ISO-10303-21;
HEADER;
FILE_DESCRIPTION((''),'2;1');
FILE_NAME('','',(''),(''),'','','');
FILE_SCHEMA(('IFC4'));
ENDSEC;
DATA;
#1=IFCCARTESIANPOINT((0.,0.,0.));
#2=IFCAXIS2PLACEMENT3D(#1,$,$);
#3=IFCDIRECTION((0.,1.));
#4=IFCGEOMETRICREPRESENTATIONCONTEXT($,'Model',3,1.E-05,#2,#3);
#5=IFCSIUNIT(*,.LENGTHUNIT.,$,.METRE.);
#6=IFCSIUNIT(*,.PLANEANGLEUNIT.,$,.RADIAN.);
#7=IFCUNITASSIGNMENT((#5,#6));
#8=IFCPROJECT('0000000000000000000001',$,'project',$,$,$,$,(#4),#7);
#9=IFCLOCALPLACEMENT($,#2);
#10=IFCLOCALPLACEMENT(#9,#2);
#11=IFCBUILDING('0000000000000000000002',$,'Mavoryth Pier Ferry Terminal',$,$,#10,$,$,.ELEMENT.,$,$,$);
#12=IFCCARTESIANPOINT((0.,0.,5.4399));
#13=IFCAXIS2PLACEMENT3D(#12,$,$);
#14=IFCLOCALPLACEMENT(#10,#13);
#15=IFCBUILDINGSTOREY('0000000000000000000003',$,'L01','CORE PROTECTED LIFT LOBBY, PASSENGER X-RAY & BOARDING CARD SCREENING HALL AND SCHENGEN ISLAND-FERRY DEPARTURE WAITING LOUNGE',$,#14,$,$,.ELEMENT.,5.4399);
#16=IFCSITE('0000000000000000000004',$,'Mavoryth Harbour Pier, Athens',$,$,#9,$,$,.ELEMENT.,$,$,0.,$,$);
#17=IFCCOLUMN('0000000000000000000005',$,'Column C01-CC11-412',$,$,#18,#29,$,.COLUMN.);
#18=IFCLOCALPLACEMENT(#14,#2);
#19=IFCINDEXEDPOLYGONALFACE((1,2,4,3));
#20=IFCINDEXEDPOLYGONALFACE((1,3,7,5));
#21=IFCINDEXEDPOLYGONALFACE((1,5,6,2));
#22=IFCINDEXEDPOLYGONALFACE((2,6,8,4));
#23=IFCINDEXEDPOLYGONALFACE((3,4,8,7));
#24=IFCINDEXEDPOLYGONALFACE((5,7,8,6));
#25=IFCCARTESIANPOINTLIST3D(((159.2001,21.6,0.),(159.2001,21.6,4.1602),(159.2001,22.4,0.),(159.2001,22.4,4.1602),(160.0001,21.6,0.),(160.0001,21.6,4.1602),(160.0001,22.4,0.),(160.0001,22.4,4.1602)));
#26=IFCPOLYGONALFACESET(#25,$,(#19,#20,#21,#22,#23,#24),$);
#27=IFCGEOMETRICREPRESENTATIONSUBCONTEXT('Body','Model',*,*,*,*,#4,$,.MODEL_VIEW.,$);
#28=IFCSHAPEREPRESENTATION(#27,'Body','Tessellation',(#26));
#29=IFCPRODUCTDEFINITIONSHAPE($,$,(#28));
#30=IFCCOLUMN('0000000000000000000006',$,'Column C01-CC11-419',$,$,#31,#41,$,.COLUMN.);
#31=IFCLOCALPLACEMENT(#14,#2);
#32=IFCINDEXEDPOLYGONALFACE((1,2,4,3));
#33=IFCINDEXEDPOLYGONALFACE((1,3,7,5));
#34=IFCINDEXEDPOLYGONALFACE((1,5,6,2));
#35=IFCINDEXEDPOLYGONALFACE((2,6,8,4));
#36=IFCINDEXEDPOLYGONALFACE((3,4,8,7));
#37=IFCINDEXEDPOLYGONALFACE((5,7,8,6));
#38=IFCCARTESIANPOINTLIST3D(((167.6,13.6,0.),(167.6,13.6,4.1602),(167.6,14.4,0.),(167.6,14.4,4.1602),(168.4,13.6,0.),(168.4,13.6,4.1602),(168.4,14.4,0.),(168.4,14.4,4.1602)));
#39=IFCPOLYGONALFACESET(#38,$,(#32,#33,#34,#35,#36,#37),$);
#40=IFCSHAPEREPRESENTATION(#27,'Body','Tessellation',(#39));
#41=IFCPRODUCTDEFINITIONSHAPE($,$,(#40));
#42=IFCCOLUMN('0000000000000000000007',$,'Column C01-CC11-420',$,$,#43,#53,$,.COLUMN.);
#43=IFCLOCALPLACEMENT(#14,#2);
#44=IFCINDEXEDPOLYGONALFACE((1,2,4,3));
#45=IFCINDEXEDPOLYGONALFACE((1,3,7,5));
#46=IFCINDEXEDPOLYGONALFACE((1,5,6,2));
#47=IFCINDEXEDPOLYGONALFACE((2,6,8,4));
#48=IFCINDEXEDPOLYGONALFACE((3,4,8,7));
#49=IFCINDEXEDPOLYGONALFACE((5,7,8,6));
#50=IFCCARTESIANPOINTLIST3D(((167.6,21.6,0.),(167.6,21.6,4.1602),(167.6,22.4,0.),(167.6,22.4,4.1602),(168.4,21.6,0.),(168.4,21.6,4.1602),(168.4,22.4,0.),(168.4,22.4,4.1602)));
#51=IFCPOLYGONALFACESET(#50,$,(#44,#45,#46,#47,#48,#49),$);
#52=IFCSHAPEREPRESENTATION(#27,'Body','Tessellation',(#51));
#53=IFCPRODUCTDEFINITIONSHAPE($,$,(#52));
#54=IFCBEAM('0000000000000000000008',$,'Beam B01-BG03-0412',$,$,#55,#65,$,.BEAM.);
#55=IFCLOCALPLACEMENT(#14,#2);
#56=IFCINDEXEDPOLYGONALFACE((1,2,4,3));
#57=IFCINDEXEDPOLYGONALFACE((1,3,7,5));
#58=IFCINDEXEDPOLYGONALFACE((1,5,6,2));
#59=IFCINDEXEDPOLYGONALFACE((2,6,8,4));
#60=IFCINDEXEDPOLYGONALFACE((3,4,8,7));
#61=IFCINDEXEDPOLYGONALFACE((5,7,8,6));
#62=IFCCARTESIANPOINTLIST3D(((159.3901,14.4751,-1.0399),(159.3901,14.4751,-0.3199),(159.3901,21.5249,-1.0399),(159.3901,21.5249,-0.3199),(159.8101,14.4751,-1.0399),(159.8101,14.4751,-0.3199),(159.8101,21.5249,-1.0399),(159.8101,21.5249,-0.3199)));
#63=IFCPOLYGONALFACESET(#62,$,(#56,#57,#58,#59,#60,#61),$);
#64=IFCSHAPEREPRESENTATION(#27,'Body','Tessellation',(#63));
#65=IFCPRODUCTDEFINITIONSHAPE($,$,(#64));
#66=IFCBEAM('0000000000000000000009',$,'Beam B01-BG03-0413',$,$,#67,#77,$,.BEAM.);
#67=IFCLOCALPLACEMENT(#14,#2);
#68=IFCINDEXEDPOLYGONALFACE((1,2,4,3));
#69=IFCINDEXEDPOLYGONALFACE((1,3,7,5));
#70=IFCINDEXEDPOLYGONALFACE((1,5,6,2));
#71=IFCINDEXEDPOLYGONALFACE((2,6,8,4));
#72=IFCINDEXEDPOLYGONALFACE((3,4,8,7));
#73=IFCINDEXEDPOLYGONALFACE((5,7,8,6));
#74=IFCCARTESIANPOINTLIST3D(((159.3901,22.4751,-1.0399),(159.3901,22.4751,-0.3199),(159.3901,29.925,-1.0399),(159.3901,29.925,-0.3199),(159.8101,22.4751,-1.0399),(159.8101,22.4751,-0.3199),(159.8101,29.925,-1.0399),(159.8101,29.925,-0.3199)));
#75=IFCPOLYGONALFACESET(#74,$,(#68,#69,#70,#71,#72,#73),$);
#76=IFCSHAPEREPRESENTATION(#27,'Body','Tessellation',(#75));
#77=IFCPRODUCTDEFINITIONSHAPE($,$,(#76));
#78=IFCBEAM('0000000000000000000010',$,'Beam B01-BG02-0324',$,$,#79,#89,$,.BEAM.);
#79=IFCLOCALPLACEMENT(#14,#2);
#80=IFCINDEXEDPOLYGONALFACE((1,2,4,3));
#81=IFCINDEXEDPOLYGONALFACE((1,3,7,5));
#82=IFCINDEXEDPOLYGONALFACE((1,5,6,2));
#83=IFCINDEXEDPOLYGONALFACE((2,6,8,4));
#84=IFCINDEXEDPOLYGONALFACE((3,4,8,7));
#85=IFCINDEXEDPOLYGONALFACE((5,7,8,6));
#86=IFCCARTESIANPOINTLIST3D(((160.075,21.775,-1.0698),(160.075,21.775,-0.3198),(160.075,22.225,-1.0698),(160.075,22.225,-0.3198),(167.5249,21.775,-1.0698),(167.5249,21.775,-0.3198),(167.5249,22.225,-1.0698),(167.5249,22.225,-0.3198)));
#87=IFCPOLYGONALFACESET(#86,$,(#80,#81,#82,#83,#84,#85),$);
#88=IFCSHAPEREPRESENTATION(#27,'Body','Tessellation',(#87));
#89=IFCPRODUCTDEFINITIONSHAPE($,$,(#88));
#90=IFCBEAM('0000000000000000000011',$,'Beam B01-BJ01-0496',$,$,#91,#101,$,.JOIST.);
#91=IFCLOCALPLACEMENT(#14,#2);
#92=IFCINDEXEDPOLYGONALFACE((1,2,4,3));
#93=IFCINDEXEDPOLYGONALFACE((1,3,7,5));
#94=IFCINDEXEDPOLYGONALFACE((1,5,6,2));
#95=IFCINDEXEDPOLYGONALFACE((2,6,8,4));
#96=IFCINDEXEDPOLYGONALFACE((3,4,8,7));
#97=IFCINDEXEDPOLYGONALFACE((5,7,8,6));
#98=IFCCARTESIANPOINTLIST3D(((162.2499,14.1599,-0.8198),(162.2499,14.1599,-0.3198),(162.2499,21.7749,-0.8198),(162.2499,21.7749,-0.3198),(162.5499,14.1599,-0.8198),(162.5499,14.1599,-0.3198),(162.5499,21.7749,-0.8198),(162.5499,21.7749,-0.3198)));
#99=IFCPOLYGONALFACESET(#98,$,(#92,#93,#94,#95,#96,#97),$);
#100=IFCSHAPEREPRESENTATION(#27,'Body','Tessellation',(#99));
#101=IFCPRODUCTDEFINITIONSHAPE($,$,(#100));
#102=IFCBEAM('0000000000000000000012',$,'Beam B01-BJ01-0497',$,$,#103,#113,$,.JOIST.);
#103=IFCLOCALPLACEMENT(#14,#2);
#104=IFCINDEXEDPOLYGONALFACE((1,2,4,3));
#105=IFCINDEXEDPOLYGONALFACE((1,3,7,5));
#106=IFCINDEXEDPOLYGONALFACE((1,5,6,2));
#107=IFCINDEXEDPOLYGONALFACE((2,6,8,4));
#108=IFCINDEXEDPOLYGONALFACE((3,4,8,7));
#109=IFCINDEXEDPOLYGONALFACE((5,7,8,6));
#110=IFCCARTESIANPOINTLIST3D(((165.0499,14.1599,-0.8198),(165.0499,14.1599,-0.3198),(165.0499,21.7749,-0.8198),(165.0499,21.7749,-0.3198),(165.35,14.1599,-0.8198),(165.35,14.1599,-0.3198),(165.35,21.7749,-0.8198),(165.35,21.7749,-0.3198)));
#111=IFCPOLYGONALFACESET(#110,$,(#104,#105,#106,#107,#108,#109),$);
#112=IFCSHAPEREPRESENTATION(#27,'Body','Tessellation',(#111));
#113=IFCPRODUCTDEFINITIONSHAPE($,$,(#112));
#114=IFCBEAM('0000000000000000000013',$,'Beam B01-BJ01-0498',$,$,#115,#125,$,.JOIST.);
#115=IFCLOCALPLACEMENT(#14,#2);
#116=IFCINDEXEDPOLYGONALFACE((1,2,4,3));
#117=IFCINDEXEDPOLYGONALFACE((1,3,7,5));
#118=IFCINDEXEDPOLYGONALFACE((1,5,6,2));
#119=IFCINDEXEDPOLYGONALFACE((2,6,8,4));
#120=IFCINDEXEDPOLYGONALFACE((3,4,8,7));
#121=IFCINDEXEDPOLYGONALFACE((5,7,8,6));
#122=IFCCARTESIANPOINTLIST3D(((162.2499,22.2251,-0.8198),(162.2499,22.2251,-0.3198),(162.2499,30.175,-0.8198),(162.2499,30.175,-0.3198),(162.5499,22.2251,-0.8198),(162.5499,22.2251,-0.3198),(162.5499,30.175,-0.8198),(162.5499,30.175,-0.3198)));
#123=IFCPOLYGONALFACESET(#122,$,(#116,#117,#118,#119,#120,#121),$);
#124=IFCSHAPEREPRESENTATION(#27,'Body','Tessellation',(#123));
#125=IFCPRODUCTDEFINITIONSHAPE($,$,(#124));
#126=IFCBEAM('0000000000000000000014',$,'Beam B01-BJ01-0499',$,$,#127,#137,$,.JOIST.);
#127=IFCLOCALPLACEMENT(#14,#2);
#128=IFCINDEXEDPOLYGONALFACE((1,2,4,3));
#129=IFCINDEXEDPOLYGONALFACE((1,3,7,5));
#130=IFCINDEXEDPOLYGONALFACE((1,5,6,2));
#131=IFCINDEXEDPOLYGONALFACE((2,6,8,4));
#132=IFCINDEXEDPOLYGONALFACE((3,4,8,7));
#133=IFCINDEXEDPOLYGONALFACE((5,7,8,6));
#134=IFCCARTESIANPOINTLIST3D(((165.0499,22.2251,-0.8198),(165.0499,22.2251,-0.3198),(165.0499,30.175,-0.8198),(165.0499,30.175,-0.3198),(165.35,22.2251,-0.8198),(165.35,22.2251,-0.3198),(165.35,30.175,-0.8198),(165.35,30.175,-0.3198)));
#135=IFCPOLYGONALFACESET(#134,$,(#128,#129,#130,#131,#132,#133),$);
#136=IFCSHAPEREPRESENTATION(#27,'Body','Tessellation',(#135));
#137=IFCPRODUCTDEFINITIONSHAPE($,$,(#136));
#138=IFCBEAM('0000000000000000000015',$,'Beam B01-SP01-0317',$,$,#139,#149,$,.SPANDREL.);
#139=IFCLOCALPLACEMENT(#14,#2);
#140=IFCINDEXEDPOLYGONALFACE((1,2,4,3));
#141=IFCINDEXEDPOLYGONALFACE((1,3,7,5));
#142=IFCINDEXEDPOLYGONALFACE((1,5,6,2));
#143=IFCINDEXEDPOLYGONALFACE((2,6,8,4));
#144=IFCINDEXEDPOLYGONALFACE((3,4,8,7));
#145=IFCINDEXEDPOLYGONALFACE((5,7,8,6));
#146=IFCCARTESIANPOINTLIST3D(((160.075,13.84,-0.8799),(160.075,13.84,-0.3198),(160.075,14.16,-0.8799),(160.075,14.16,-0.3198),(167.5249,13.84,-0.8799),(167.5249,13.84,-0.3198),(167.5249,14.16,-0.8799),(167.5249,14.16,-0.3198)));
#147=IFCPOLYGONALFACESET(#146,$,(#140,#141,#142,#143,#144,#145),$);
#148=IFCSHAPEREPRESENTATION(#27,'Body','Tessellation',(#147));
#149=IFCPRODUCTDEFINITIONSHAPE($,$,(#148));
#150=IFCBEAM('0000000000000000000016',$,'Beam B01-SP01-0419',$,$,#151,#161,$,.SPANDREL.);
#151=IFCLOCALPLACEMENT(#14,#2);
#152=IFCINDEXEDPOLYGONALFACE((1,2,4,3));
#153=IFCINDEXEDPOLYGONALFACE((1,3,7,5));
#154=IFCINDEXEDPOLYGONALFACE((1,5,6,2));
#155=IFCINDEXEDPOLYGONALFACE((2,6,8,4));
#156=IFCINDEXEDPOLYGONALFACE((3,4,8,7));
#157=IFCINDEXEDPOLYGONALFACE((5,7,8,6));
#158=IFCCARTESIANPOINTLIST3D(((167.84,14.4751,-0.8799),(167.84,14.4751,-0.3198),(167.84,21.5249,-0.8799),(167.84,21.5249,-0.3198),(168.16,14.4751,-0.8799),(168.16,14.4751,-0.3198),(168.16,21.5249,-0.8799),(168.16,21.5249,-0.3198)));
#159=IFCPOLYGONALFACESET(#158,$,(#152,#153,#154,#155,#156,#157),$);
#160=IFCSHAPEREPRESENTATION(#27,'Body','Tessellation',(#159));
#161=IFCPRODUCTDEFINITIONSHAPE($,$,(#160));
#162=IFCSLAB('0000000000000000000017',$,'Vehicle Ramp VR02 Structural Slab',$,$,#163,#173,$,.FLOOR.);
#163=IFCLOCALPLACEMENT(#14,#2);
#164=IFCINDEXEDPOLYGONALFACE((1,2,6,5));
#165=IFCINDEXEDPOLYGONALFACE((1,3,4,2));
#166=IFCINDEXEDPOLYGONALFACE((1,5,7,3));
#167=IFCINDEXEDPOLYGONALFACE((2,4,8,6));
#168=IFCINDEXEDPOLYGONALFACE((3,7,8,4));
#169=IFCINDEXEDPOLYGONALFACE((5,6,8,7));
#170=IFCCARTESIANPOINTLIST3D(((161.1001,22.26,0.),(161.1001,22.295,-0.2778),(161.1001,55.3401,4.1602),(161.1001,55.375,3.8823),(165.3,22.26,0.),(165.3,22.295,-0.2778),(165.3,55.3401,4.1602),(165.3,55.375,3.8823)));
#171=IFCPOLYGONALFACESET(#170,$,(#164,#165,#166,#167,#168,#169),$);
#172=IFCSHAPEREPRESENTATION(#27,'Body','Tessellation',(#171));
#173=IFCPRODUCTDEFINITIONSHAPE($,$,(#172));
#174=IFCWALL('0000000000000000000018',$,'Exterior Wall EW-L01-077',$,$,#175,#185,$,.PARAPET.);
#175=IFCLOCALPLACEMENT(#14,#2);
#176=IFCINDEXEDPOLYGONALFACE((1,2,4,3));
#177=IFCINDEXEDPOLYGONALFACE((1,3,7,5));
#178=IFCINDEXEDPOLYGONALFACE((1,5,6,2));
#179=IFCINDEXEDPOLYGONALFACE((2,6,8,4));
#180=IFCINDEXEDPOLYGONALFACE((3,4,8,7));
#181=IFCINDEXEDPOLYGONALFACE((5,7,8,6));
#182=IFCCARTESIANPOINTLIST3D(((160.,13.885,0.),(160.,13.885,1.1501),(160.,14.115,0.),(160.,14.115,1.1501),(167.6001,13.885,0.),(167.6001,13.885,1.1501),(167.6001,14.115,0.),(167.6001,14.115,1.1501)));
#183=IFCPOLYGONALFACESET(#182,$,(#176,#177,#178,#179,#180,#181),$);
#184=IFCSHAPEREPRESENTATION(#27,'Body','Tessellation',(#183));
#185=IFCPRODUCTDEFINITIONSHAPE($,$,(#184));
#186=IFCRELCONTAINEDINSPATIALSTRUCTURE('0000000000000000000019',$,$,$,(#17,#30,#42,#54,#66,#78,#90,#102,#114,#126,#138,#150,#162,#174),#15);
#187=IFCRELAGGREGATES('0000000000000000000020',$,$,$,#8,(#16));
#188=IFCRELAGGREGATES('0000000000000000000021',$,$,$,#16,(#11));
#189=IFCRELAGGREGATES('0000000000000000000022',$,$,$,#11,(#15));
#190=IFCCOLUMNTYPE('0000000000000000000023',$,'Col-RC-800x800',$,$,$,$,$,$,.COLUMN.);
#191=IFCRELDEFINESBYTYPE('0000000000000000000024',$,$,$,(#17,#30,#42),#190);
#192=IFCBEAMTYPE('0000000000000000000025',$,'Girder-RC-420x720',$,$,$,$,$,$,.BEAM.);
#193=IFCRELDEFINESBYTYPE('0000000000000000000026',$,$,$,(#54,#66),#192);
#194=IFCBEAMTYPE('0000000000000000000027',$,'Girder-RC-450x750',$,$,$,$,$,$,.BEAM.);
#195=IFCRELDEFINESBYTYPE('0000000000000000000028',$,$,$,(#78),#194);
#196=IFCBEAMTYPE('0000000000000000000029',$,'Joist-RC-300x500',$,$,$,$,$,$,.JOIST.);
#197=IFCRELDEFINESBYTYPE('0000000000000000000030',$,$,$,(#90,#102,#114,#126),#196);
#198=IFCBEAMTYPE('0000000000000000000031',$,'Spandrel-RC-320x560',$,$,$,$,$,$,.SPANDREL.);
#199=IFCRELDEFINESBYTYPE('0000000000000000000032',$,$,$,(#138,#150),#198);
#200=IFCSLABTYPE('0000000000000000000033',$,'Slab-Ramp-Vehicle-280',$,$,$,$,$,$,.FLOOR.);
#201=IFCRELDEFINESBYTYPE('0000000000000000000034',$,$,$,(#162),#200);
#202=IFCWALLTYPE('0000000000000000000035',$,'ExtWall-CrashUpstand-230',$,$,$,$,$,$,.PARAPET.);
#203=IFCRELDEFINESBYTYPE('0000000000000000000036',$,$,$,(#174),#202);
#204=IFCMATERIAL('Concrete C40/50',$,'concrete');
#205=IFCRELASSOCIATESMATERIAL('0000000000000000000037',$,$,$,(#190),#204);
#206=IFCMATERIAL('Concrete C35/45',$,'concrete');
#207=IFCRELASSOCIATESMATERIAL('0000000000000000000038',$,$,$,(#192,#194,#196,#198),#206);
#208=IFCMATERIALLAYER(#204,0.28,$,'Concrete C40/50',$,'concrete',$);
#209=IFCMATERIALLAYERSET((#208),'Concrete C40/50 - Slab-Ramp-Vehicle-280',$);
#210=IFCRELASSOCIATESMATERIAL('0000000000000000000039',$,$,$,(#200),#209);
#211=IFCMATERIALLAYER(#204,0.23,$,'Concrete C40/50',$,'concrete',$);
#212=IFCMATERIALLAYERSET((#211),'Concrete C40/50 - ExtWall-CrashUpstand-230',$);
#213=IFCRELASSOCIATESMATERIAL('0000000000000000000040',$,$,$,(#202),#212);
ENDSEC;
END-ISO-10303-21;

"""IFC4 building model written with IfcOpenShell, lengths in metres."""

from ifc_helpers import new_model, si_unit, direction, frame, frame_2d, origin, origin_2d, place, context, subcontext, project, spatial, polyline, rectangle, outline, extrude, material, layer, layer_set, material_profile, profile_set, type_object, element, save


model = new_model("IFC4")

# Units and contexts
model_context = context("Model", 3, precision=1e-05, world=origin(), true_north=direction((0.0, 1.0)))
body_context = subcontext(model_context, "Body", "Model", "MODEL_VIEW")
ifc_project = project(units=[si_unit("LENGTHUNIT", "METRE"), si_unit("PLANEANGLEUNIT", "RADIAN")], contexts=[model_context])

# Site, building, storey
site_placement = place(None, origin())
site = spatial("IfcSite", under=ifc_project, at=site_placement, Name="Mavoryth Harbour Pier, Athens", CompositionType="ELEMENT", RefElevation=0.0)
building_placement = place(site_placement, origin())
building = spatial("IfcBuilding", under=site, at=building_placement, Name="Mavoryth Pier Ferry Terminal", CompositionType="ELEMENT")
storey_placement = place(building_placement, frame((0.0, 0.0, 5.4399)))
storey = spatial("IfcBuildingStorey", under=building, at=storey_placement, Name="L01", Description="CORE PROTECTED LIFT LOBBY, PASSENGER X-RAY & BOARDING CARD SCREENING HALL AND SCHENGEN ISLAND-FERRY DEPARTURE WAITING LOUNGE", CompositionType="ELEMENT", Elevation=5.4399)

# Columns
ifc_material_1 = material(Name="Concrete C40/50", Category="concrete")
ifc_material_profile_1 = material_profile(ifc_material_1, rectangle(XDim=0.8, YDim=0.8, at=origin_2d()), Name="RC 800x800", Category="concrete")
ifc_profile_set_1 = profile_set([ifc_material_profile_1], Name="Concrete C40/50 - RC 800x800")
column_type = type_object("IfcColumnType", Name="Col-RC-800x800", PredefinedType="COLUMN", material=ifc_profile_set_1)
for number, where, z_axis, x_axis, name in (
    (1, (159.6001, 22.0, 0.0), (0.0, 0.0, 1.0), (1.0, 0.0, 0.0), "Column C01-CC11-412"),
    (2, (168.0, 14.0, 0.0), (0.0, 0.0, 1.0), (1.0, 0.0, 0.0), "Column C01-CC11-419"),
    (3, (168.0, 22.0, 0.0), (0.0, 0.0, 1.0), (1.0, 0.0, 0.0), "Column C01-CC11-420"),
):
    element("IfcColumn", number, at=place(storey_placement, frame(where, z_axis=z_axis, x_axis=x_axis)), inside=storey, type_object=column_type, Name=name, PredefinedType="COLUMN", context=body_context, shape_type="SweptSolid", body=[
        extrude(rectangle(XDim=0.8, YDim=0.8, at=origin_2d()), origin(), (0.0, 0.0, 1.0), 4.1602),
    ])

# Beams
ifc_material_2 = material(Name="Concrete C35/45", Category="concrete")
ifc_material_profile_2 = material_profile(ifc_material_2, rectangle(XDim=0.4199, YDim=0.72, at=origin_2d()), Name="RC 420x720", Category="concrete")
ifc_profile_set_2 = profile_set([ifc_material_profile_2], Name="Concrete C35/45 - RC 420x720")
beam_type_1 = type_object("IfcBeamType", Name="Girder-RC-420x720", PredefinedType="BEAM", material=ifc_profile_set_2)
beam_1_placement = place(storey_placement, frame((159.6001, 14.4751, -0.6799), z_axis=(0.0, 1.0, 0.0), x_axis=(-1.0, 0.0, 0.0)))
element("IfcBeam", 4, at=beam_1_placement, inside=storey, type_object=beam_type_1, Name="Beam B01-BG03-0412", PredefinedType="BEAM", context=body_context, shape_type="SweptSolid", body=[
    extrude(rectangle(XDim=0.4199, YDim=0.72, at=origin_2d()), origin(), (0.0, 0.0, 1.0), 7.0498),
])
beam_2_placement = place(storey_placement, frame((159.6001, 22.4751, -0.6799), z_axis=(0.0, 1.0, 0.0), x_axis=(-1.0, 0.0, 0.0)))
element("IfcBeam", 5, at=beam_2_placement, inside=storey, type_object=beam_type_1, Name="Beam B01-BG03-0413", PredefinedType="BEAM", context=body_context, shape_type="SweptSolid", body=[
    extrude(rectangle(XDim=0.4199, YDim=0.72, at=origin_2d()), origin(), (0.0, 0.0, 1.0), 7.45),
])
ifc_material_profile_3 = material_profile(ifc_material_2, rectangle(XDim=0.45, YDim=0.75, at=origin_2d()), Name="RC 450x750", Category="concrete")
ifc_profile_set_3 = profile_set([ifc_material_profile_3], Name="Concrete C35/45 - RC 450x750")
beam_type_2 = type_object("IfcBeamType", Name="Girder-RC-450x750", PredefinedType="BEAM", material=ifc_profile_set_3)
beam_3_placement = place(storey_placement, frame((160.075, 22.0, -0.6948), z_axis=(1.0, 0.0, 0.0), x_axis=(0.0, 1.0, 0.0)))
element("IfcBeam", 6, at=beam_3_placement, inside=storey, type_object=beam_type_2, Name="Beam B01-BG02-0324", PredefinedType="BEAM", context=body_context, shape_type="SweptSolid", body=[
    extrude(rectangle(XDim=0.45, YDim=0.75, at=origin_2d()), origin(), (0.0, 0.0, 1.0), 7.45),
])
ifc_material_profile_4 = material_profile(ifc_material_2, rectangle(XDim=0.3, YDim=0.5, at=origin_2d()), Name="RC 300x500", Category="concrete")
ifc_profile_set_4 = profile_set([ifc_material_profile_4], Name="Concrete C35/45 - RC 300x500")
beam_type_3 = type_object("IfcBeamType", Name="Joist-RC-300x500", PredefinedType="JOIST", material=ifc_profile_set_4)
for number, where, z_axis, x_axis, name in (
    (7, (162.3999, 14.1599, -0.5698), (0.0, 1.0, 0.0), (-1.0, 0.0, 0.0), "Beam B01-BJ01-0496"),
    (8, (165.2, 14.1599, -0.5698), (0.0, 1.0, 0.0), (-1.0, 0.0, 0.0), "Beam B01-BJ01-0497"),
):
    element("IfcBeam", number, at=place(storey_placement, frame(where, z_axis=z_axis, x_axis=x_axis)), inside=storey, type_object=beam_type_3, Name=name, PredefinedType="JOIST", context=body_context, shape_type="SweptSolid", body=[
        extrude(rectangle(XDim=0.3, YDim=0.5, at=origin_2d()), origin(), (0.0, 0.0, 1.0), 7.615),
    ])
for number, where, z_axis, x_axis, name in (
    (9, (162.3999, 22.2251, -0.5698), (0.0, 1.0, 0.0), (-1.0, 0.0, 0.0), "Beam B01-BJ01-0498"),
    (10, (165.2, 22.2251, -0.5698), (0.0, 1.0, 0.0), (-1.0, 0.0, 0.0), "Beam B01-BJ01-0499"),
):
    element("IfcBeam", number, at=place(storey_placement, frame(where, z_axis=z_axis, x_axis=x_axis)), inside=storey, type_object=beam_type_3, Name=name, PredefinedType="JOIST", context=body_context, shape_type="SweptSolid", body=[
        extrude(rectangle(XDim=0.3, YDim=0.5, at=origin_2d()), origin(), (0.0, 0.0, 1.0), 7.95),
    ])
ifc_material_profile_5 = material_profile(ifc_material_2, rectangle(XDim=0.3201, YDim=0.5601, at=origin_2d()), Name="RC 320x560", Category="concrete")
ifc_profile_set_5 = profile_set([ifc_material_profile_5], Name="Concrete C35/45 - RC 320x560")
beam_type_4 = type_object("IfcBeamType", Name="Spandrel-RC-320x560", PredefinedType="SPANDREL", material=ifc_profile_set_5)
beam_4_placement = place(storey_placement, frame((160.075, 14.0, -0.5999), z_axis=(1.0, 0.0, 0.0), x_axis=(0.0, 1.0, 0.0)))
element("IfcBeam", 11, at=beam_4_placement, inside=storey, type_object=beam_type_4, Name="Beam B01-SP01-0317", PredefinedType="SPANDREL", context=body_context, shape_type="SweptSolid", body=[
    extrude(rectangle(XDim=0.3201, YDim=0.5601, at=origin_2d()), origin(), (0.0, 0.0, 1.0), 7.45),
])
beam_5_placement = place(storey_placement, frame((168.0, 14.4751, -0.5999), z_axis=(0.0, 1.0, 0.0), x_axis=(-1.0, 0.0, 0.0)))
element("IfcBeam", 12, at=beam_5_placement, inside=storey, type_object=beam_type_4, Name="Beam B01-SP01-0419", PredefinedType="SPANDREL", context=body_context, shape_type="SweptSolid", body=[
    extrude(rectangle(XDim=0.3201, YDim=0.5601, at=origin_2d()), origin(), (0.0, 0.0, 1.0), 7.0498),
])

# Slab
ifc_layer_1 = layer(ifc_material_1, 0.28, Name="Concrete C40/50", Category="concrete")
ifc_layer_set_1 = layer_set([ifc_layer_1], Name="Concrete C40/50 - Slab-Ramp-Vehicle-280")
slab_type = type_object("IfcSlabType", Name="Slab-Ramp-Vehicle-280", PredefinedType="FLOOR", material=ifc_layer_set_1)
slab_placement = place(storey_placement, frame((161.1001, 22.26, 0.0), z_axis=(0.0, -0.124777, 0.992185), x_axis=(1.0, 0.0, 0.0)))
element("IfcSlab", 13, at=slab_placement, inside=storey, type_object=slab_type, Name="Vehicle Ramp VR02 Structural Slab", PredefinedType="FLOOR", context=body_context, shape_type="SweptSolid", body=[
    extrude(outline(polyline([(0.0, 0.0), (4.2, 0.0), (4.2, 33.3406), (0.0, 33.3406), (0.0, 0.0)])), origin(), (0.0, 0.0, -1.0), 0.28),
])

# Wall
ifc_layer_2 = layer(ifc_material_1, 0.23, Name="Concrete C40/50", Category="concrete")
ifc_layer_set_2 = layer_set([ifc_layer_2], Name="Concrete C40/50 - ExtWall-CrashUpstand-230")
wall_type = type_object("IfcWallType", Name="ExtWall-CrashUpstand-230", PredefinedType="PARAPET", material=ifc_layer_set_2)
wall_1_placement = place(storey_placement, frame((160.0, 14.0, 0.0), z_axis=(0.0, 0.0, 1.0), x_axis=(1.0, 0.0, 0.0)))
element("IfcWall", 14, at=wall_1_placement, inside=storey, type_object=wall_type, Name="Exterior Wall EW-L01-077", PredefinedType="PARAPET", context=body_context, shape_type="SweptSolid", body=[
    extrude(rectangle(XDim=7.6001, YDim=0.23, at=frame_2d((3.8, 0.0))), origin(), (0.0, 0.0, 1.0), 1.1501),
])

save(model, "model.ifc")
